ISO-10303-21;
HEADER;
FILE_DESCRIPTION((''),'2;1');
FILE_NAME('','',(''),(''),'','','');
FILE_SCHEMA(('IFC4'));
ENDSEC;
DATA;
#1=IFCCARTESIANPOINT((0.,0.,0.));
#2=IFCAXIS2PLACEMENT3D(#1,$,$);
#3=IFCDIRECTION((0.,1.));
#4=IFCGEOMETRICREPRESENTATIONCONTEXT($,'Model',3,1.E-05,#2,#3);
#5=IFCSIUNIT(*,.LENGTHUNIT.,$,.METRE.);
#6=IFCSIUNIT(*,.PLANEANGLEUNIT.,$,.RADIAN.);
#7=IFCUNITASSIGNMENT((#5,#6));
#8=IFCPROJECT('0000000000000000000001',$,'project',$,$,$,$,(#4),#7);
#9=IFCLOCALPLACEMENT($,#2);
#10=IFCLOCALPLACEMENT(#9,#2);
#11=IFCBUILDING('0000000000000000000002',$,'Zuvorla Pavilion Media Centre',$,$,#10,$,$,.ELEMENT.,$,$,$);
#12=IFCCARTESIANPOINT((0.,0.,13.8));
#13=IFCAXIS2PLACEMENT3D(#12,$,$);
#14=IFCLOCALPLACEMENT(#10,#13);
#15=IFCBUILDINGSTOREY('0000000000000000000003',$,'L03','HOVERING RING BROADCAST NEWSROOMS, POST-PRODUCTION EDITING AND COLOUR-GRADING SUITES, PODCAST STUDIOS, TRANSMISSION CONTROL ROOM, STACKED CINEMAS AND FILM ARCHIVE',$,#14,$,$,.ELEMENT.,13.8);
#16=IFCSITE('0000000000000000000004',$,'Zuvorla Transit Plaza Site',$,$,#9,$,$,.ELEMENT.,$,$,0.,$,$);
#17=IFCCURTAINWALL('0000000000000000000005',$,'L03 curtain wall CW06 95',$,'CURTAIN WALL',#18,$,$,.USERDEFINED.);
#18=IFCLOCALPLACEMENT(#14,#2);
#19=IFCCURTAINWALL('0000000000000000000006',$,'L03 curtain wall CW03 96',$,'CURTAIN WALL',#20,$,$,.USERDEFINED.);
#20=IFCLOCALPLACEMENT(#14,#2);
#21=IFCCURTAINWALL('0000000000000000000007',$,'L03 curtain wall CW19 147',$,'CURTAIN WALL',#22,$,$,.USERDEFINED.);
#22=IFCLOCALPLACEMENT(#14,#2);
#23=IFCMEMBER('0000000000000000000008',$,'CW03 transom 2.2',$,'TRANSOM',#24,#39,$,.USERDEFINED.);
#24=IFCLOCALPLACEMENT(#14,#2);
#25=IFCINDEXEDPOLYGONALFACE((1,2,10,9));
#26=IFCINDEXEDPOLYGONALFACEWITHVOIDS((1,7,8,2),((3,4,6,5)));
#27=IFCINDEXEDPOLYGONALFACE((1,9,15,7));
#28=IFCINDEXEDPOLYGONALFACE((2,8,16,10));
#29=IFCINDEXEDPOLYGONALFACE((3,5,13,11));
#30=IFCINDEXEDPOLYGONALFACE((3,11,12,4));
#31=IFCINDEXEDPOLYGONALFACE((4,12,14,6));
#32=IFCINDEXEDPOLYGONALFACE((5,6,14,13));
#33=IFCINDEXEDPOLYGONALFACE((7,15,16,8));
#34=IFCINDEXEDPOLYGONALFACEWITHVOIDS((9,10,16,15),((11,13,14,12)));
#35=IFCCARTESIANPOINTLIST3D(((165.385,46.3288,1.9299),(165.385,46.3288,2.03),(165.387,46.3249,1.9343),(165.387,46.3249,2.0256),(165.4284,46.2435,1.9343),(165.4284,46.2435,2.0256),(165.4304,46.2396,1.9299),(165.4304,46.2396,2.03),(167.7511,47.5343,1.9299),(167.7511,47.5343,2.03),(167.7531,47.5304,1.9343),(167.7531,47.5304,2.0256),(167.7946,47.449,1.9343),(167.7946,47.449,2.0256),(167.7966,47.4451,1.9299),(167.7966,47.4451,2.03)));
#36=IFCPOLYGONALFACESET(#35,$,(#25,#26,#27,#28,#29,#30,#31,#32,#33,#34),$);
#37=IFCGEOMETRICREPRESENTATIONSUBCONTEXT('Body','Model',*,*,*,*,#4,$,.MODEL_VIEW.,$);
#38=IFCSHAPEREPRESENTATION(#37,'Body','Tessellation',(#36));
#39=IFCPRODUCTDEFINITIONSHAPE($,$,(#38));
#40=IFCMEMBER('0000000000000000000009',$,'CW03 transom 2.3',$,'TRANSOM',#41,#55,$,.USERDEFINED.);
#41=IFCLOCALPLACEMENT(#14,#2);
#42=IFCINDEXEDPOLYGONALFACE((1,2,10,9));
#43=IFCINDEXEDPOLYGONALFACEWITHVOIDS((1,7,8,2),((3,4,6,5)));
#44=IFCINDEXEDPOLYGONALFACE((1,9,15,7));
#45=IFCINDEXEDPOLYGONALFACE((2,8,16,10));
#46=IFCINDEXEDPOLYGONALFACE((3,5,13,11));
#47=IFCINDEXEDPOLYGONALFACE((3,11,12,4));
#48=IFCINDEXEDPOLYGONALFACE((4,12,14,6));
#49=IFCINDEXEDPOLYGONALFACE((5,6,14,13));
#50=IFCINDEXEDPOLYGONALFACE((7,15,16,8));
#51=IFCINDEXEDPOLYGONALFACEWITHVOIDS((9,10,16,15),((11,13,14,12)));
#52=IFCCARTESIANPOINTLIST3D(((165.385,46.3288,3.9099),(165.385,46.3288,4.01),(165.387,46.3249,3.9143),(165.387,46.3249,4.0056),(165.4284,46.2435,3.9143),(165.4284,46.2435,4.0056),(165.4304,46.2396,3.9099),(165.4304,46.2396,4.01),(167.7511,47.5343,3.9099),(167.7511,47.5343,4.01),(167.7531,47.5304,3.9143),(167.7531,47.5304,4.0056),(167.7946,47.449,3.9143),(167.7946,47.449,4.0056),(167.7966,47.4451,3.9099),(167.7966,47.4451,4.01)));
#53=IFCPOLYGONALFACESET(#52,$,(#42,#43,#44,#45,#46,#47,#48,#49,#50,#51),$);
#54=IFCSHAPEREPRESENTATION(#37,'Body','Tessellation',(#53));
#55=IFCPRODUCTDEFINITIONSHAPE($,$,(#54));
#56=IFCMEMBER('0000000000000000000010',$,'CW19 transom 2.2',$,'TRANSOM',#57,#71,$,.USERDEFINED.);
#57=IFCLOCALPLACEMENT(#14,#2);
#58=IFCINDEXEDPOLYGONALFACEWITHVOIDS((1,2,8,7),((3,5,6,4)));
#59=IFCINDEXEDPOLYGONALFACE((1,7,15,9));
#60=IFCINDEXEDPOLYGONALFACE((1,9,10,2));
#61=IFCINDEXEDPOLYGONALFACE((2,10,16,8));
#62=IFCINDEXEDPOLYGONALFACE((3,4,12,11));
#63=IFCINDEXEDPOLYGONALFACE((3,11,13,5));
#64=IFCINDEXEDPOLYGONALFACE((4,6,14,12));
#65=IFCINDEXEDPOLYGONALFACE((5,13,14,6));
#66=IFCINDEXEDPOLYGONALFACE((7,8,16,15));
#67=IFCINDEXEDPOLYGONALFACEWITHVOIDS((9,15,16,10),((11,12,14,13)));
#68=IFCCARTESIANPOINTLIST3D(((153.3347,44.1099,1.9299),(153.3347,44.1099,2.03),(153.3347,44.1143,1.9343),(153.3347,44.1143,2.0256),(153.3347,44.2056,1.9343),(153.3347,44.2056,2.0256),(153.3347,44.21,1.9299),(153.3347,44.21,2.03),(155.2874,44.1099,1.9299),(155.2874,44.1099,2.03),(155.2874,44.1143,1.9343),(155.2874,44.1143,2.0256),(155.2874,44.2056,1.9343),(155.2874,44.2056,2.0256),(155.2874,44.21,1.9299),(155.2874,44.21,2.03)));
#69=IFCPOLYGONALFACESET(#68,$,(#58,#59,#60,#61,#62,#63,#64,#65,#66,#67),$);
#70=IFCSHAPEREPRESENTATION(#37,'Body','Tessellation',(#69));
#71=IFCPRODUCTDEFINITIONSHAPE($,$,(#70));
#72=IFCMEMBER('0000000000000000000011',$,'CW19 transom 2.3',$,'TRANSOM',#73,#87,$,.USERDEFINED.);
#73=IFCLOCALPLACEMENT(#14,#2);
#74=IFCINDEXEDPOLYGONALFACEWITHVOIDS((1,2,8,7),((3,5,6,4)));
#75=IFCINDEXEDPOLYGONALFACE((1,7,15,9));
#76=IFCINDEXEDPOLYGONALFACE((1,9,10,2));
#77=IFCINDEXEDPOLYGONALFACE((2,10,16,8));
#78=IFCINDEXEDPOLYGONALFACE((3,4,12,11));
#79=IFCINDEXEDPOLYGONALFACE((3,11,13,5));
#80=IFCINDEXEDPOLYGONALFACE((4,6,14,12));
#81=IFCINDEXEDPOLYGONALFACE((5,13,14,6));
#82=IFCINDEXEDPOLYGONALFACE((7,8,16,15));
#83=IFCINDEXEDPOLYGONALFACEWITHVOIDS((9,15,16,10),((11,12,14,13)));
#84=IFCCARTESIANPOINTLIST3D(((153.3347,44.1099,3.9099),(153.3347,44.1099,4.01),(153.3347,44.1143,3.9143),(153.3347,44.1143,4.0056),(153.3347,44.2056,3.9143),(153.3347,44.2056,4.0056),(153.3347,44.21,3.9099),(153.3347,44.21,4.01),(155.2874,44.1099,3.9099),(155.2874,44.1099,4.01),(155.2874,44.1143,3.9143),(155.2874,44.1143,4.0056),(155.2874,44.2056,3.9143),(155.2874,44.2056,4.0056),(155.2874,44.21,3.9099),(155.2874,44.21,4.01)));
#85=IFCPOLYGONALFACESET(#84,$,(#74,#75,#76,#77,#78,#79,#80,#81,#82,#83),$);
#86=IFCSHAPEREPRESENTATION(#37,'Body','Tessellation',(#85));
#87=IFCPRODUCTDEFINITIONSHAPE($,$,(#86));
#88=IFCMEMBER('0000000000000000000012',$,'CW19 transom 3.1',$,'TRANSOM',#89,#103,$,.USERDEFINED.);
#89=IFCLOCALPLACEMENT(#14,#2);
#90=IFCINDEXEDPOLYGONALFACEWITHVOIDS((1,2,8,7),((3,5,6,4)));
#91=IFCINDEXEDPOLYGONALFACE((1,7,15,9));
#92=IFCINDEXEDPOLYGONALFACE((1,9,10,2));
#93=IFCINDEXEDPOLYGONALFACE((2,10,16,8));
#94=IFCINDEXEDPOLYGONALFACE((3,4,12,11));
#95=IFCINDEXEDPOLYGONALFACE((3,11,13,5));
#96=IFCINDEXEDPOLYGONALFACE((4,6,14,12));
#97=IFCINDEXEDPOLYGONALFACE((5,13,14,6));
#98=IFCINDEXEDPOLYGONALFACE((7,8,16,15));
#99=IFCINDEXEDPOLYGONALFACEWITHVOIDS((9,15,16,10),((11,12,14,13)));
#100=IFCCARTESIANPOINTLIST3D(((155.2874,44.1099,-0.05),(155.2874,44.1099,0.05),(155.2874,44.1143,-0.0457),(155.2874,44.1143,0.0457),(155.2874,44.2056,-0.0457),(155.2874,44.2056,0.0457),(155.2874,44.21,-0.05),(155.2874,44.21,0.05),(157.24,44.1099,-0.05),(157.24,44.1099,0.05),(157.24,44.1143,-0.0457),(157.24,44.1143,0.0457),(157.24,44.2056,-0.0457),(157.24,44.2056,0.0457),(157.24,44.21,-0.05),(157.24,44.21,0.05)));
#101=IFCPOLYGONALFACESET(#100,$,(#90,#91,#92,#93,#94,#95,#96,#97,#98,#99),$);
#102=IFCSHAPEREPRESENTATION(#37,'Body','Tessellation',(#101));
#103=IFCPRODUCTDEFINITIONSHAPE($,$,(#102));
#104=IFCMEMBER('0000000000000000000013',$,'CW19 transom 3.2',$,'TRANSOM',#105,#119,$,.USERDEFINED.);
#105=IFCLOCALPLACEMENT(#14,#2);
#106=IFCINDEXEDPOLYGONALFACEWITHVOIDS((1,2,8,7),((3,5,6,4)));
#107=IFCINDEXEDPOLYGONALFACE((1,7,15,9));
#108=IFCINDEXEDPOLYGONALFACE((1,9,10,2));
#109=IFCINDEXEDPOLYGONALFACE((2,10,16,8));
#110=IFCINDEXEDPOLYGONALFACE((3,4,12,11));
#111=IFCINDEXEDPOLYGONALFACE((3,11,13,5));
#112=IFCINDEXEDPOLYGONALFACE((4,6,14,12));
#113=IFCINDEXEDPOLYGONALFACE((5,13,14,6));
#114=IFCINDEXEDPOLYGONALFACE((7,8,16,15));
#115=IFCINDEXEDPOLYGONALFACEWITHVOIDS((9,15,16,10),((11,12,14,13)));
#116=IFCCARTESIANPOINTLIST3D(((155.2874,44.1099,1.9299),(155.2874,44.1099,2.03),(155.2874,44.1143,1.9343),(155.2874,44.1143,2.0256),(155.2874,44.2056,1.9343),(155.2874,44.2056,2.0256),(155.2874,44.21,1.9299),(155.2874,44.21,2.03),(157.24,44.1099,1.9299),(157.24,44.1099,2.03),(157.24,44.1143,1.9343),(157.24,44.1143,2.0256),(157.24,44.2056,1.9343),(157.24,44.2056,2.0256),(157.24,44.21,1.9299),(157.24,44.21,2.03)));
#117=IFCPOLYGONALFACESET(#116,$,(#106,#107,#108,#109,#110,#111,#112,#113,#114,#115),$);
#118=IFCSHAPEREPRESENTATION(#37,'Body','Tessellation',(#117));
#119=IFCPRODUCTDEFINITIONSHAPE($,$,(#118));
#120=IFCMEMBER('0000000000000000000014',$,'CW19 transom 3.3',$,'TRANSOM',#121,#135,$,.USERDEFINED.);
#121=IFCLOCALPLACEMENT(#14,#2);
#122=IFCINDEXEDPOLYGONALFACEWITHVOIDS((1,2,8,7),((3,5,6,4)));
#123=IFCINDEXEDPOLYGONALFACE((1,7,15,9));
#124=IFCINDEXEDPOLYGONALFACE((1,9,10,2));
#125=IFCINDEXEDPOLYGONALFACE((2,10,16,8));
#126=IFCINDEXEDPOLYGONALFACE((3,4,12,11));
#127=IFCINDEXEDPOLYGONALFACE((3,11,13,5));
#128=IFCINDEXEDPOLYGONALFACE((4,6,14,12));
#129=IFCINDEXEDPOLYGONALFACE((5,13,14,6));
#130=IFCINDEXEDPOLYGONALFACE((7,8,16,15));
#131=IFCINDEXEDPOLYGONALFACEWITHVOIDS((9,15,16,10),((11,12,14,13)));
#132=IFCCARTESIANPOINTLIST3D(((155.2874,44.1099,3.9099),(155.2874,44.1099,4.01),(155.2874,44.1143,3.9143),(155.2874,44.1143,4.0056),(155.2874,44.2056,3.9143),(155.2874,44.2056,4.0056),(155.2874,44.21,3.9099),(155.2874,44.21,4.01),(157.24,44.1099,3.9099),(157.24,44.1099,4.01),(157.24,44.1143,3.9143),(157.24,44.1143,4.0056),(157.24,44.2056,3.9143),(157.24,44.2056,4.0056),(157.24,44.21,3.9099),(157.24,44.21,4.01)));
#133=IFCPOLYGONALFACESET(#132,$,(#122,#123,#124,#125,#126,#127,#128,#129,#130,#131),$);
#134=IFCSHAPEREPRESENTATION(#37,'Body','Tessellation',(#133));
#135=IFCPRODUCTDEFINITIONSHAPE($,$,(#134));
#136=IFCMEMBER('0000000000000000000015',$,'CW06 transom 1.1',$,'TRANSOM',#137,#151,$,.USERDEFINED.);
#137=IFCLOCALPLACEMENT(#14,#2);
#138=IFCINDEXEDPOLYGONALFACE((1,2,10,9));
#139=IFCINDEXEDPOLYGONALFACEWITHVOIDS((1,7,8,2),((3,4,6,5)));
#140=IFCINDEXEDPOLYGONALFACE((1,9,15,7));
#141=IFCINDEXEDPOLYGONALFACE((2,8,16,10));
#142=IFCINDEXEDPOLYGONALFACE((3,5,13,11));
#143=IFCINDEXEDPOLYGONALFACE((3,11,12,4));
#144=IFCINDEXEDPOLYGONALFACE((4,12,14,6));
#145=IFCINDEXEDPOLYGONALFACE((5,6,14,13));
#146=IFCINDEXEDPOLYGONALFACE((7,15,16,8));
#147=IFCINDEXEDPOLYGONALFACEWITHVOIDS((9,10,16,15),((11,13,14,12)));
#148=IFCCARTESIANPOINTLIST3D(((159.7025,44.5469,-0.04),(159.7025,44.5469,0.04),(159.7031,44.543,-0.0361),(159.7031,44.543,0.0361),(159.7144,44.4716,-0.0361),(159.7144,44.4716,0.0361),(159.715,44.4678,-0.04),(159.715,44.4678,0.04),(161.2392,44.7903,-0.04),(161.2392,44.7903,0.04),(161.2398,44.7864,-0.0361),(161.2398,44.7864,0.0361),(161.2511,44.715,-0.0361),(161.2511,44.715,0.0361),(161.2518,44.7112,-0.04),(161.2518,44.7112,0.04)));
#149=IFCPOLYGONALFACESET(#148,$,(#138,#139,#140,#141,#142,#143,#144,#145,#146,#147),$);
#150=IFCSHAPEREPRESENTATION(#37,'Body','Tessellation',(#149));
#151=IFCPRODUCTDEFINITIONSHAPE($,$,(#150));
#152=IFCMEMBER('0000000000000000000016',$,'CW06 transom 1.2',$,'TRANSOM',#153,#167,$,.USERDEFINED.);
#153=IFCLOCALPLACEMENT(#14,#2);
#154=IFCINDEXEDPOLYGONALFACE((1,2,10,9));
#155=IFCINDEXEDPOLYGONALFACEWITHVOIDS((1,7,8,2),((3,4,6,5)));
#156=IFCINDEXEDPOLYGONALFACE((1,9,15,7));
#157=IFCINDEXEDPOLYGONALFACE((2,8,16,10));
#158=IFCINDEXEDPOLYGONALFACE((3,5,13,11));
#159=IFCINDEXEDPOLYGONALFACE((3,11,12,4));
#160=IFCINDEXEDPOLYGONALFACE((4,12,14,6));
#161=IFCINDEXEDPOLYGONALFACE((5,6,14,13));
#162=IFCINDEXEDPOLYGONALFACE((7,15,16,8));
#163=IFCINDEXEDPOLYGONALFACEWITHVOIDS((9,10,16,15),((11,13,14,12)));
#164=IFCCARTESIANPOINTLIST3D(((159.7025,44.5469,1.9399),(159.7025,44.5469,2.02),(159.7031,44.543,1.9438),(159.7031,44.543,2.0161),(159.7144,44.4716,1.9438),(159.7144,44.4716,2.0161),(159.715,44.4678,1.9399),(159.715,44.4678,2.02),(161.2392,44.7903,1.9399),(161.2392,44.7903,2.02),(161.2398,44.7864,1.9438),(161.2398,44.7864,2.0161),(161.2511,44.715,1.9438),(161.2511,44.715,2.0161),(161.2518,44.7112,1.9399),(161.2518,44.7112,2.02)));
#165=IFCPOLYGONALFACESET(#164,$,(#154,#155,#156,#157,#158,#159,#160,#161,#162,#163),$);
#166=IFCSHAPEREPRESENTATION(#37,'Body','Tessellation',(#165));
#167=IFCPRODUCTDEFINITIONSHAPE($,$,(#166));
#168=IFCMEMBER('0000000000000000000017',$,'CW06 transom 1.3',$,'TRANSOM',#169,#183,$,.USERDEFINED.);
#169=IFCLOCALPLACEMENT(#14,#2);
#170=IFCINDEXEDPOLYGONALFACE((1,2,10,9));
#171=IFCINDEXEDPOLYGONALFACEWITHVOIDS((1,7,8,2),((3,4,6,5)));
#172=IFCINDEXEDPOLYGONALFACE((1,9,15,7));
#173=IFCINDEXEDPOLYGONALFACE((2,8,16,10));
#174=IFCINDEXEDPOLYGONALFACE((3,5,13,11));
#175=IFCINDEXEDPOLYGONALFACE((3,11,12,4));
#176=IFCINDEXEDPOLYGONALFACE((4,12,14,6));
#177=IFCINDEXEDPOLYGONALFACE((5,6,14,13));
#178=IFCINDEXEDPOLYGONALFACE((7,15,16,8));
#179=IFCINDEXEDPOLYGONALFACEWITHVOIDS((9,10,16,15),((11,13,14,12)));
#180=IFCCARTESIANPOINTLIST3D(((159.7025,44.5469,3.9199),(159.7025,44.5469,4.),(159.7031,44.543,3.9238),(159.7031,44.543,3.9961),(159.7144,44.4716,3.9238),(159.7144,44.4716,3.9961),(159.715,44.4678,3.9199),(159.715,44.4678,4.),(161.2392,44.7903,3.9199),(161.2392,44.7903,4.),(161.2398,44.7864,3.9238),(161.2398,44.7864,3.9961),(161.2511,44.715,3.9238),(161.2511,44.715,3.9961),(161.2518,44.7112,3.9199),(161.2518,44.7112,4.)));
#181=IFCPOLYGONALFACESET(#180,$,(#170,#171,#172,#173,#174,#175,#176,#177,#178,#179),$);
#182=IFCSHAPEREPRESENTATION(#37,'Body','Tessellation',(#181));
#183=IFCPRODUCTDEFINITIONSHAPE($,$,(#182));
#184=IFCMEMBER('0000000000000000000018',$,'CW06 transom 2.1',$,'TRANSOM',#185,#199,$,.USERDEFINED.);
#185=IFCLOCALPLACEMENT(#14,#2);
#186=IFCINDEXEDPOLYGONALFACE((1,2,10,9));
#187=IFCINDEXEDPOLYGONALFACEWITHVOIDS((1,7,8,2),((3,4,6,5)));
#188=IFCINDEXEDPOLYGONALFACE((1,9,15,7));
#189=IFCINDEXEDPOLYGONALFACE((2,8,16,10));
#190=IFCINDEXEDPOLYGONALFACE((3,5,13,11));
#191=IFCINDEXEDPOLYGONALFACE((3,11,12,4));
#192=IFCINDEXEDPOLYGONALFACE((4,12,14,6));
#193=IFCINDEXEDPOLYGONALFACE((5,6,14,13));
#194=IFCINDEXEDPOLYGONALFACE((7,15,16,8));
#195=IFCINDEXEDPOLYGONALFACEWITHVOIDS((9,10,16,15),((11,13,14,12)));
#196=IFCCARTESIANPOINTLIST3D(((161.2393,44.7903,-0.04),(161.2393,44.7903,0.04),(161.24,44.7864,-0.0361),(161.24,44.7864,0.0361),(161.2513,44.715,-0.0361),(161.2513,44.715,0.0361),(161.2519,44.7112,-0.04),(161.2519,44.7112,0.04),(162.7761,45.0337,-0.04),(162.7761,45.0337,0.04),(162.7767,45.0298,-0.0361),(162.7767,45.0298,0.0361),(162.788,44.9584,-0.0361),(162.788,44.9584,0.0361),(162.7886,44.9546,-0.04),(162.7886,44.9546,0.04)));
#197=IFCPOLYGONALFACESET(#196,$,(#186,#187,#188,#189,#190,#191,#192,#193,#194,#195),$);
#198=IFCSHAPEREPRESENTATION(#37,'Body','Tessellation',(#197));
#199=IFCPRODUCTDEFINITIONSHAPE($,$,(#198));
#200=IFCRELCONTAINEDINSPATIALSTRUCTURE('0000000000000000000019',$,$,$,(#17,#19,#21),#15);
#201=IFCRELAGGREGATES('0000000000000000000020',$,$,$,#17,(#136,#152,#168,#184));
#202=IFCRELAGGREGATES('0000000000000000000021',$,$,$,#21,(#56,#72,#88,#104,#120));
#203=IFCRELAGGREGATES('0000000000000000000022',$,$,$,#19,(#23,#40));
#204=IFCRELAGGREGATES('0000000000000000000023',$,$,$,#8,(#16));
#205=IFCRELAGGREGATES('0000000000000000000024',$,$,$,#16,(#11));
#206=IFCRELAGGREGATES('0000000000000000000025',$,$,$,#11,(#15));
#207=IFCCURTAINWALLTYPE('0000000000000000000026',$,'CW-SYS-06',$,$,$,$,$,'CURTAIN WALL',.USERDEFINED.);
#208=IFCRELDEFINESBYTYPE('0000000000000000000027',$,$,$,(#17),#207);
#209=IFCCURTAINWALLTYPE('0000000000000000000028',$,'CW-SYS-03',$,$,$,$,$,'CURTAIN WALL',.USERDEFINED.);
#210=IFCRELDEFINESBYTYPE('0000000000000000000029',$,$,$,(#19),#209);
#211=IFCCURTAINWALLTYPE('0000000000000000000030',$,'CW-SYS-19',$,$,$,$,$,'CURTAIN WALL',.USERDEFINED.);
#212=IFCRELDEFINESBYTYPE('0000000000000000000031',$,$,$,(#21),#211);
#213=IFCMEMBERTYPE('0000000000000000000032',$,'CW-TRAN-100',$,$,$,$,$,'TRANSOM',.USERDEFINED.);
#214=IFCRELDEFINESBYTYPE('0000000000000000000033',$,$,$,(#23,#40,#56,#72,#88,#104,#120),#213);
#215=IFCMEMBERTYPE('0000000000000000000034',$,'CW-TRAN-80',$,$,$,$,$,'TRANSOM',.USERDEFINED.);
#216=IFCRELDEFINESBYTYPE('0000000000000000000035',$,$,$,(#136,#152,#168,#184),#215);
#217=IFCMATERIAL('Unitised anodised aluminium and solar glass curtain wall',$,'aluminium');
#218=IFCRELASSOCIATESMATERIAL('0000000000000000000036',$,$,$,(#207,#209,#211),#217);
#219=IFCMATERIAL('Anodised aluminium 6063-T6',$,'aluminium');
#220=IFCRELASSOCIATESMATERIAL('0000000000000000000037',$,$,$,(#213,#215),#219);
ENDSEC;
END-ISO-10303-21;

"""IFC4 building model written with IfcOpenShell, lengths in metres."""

from ifc_helpers import new_model, si_unit, direction, frame, origin, origin_2d, place, context, subcontext, project, spatial, hollow_rectangle, extrude, material, material_profile, profile_set, type_object, element, aggregate, save


model = new_model("IFC4")

# Units and contexts
model_context = context("Model", 3, precision=1e-05, world=origin(), true_north=direction((0.0, 1.0)))
body_context = subcontext(model_context, "Body", "Model", "MODEL_VIEW")
ifc_project = project(units=[si_unit("LENGTHUNIT", "METRE"), si_unit("PLANEANGLEUNIT", "RADIAN")], contexts=[model_context])

# Site, building, storey
site_placement = place(None, origin())
site = spatial("IfcSite", under=ifc_project, at=site_placement, Name="Zuvorla Transit Plaza Site", CompositionType="ELEMENT", RefElevation=0.0)
building_placement = place(site_placement, origin())
building = spatial("IfcBuilding", under=site, at=building_placement, Name="Zuvorla Pavilion Media Centre", CompositionType="ELEMENT")
storey_placement = place(building_placement, frame((0.0, 0.0, 13.8)))
storey = spatial("IfcBuildingStorey", under=building, at=storey_placement, Name="L03", Description="HOVERING RING BROADCAST NEWSROOMS, POST-PRODUCTION EDITING AND COLOUR-GRADING SUITES, PODCAST STUDIOS, TRANSMISSION CONTROL ROOM, STACKED CINEMAS AND FILM ARCHIVE", CompositionType="ELEMENT", Elevation=13.8)

# Curtain walls
ifc_material_1 = material(Name="Unitised anodised aluminium and solar glass curtain wall", Category="aluminium")
curtain_wall_type_1 = type_object("IfcCurtainWallType", Name="CW-SYS-06", ElementType="CURTAIN WALL", PredefinedType="USERDEFINED", material=ifc_material_1)
curtain_wall_1_placement = place(storey_placement, origin())
curtain_wall_1 = element("IfcCurtainWall", 1, at=curtain_wall_1_placement, inside=storey, type_object=curtain_wall_type_1, Name="L03 curtain wall CW06 95", ObjectType="CURTAIN WALL", PredefinedType="USERDEFINED")
ifc_material_2 = material(Name="Anodised aluminium 6063-T6", Category="aluminium")
curtain_wall_type_2 = type_object("IfcCurtainWallType", Name="CW-SYS-03", ElementType="CURTAIN WALL", PredefinedType="USERDEFINED", material=ifc_material_1)
curtain_wall_2_placement = place(storey_placement, origin())
curtain_wall_2 = element("IfcCurtainWall", 2, at=curtain_wall_2_placement, inside=storey, type_object=curtain_wall_type_2, Name="L03 curtain wall CW03 96", ObjectType="CURTAIN WALL", PredefinedType="USERDEFINED")
curtain_wall_type_3 = type_object("IfcCurtainWallType", Name="CW-SYS-19", ElementType="CURTAIN WALL", PredefinedType="USERDEFINED", material=ifc_material_1)
curtain_wall_3_placement = place(storey_placement, origin())
curtain_wall_3 = element("IfcCurtainWall", 3, at=curtain_wall_3_placement, inside=storey, type_object=curtain_wall_type_3, Name="L03 curtain wall CW19 147", ObjectType="CURTAIN WALL", PredefinedType="USERDEFINED")

# Members
ifc_material_profile_1 = material_profile(ifc_material_2, hollow_rectangle(XDim=0.1001, YDim=0.1001, WallThickness=0.0044, at=origin_2d()), Name="ALU TRAN 100x100")
ifc_profile_set_1 = profile_set([ifc_material_profile_1], Name="Anodised aluminium 6063-T6")
member_type_1 = type_object("IfcMemberType", Name="CW-TRAN-100", ElementType="TRANSOM", PredefinedType="USERDEFINED", material=ifc_profile_set_1)
member_1_placement = place(storey_placement, frame((165.4077, 46.2842, 1.98), z_axis=(0.891018, 0.453967, 0.0), x_axis=(-0.453967, 0.891018, 0.0)))
member_1 = element("IfcMember", 4, at=member_1_placement, type_object=member_type_1, Name="CW03 transom 2.2", ObjectType="TRANSOM", PredefinedType="USERDEFINED", context=body_context, shape_type="SweptSolid", body=[
    extrude(hollow_rectangle(XDim=0.1001, YDim=0.1001, WallThickness=0.0044, at=origin_2d()), origin(), (0.0, 0.0, 1.0), 2.6555),
])
member_2_placement = place(storey_placement, frame((165.4077, 46.2842, 3.96), z_axis=(0.891018, 0.453967, 0.0), x_axis=(-0.453967, 0.891018, 0.0)))
member_2 = element("IfcMember", 5, at=member_2_placement, type_object=member_type_1, Name="CW03 transom 2.3", ObjectType="TRANSOM", PredefinedType="USERDEFINED", context=body_context, shape_type="SweptSolid", body=[
    extrude(hollow_rectangle(XDim=0.1001, YDim=0.1001, WallThickness=0.0044, at=origin_2d()), origin(), (0.0, 0.0, 1.0), 2.6555),
])
member_3_placement = place(storey_placement, frame((153.3347, 44.1599, 1.98), z_axis=(1.0, 0.0, 0.0), x_axis=(0.0, 1.0, 0.0)))
member_3 = element("IfcMember", 6, at=member_3_placement, type_object=member_type_1, Name="CW19 transom 2.2", ObjectType="TRANSOM", PredefinedType="USERDEFINED", context=body_context, shape_type="SweptSolid", body=[
    extrude(hollow_rectangle(XDim=0.1001, YDim=0.1001, WallThickness=0.0044, at=origin_2d()), origin(), (0.0, 0.0, 1.0), 1.9526),
])
member_4_placement = place(storey_placement, frame((153.3347, 44.1599, 3.96), z_axis=(1.0, 0.0, 0.0), x_axis=(0.0, 1.0, 0.0)))
member_4 = element("IfcMember", 7, at=member_4_placement, type_object=member_type_1, Name="CW19 transom 2.3", ObjectType="TRANSOM", PredefinedType="USERDEFINED", context=body_context, shape_type="SweptSolid", body=[
    extrude(hollow_rectangle(XDim=0.1001, YDim=0.1001, WallThickness=0.0044, at=origin_2d()), origin(), (0.0, 0.0, 1.0), 1.9526),
])
member_5_placement = place(storey_placement, frame((155.2874, 44.1599, 0.0), z_axis=(1.0, 0.0, 0.0), x_axis=(0.0, 1.0, 0.0)))
member_5 = element("IfcMember", 8, at=member_5_placement, type_object=member_type_1, Name="CW19 transom 3.1", ObjectType="TRANSOM", PredefinedType="USERDEFINED", context=body_context, shape_type="SweptSolid", body=[
    extrude(hollow_rectangle(XDim=0.1001, YDim=0.1001, WallThickness=0.0044, at=origin_2d()), origin(), (0.0, 0.0, 1.0), 1.9526),
])
member_6_placement = place(storey_placement, frame((155.2874, 44.1599, 1.98), z_axis=(1.0, 0.0, 0.0), x_axis=(0.0, 1.0, 0.0)))
member_6 = element("IfcMember", 9, at=member_6_placement, type_object=member_type_1, Name="CW19 transom 3.2", ObjectType="TRANSOM", PredefinedType="USERDEFINED", context=body_context, shape_type="SweptSolid", body=[
    extrude(hollow_rectangle(XDim=0.1001, YDim=0.1001, WallThickness=0.0044, at=origin_2d()), origin(), (0.0, 0.0, 1.0), 1.9526),
])
member_7_placement = place(storey_placement, frame((155.2874, 44.1599, 3.96), z_axis=(1.0, 0.0, 0.0), x_axis=(0.0, 1.0, 0.0)))
member_7 = element("IfcMember", 10, at=member_7_placement, type_object=member_type_1, Name="CW19 transom 3.3", ObjectType="TRANSOM", PredefinedType="USERDEFINED", context=body_context, shape_type="SweptSolid", body=[
    extrude(hollow_rectangle(XDim=0.1001, YDim=0.1001, WallThickness=0.0044, at=origin_2d()), origin(), (0.0, 0.0, 1.0), 1.9526),
])
ifc_material_profile_2 = material_profile(ifc_material_2, hollow_rectangle(XDim=0.0801, YDim=0.0801, WallThickness=0.0039, at=origin_2d()), Name="ALU TRAN 80x80")
ifc_profile_set_2 = profile_set([ifc_material_profile_2], Name="Anodised aluminium 6063-T6")
member_type_2 = type_object("IfcMemberType", Name="CW-TRAN-80", ElementType="TRANSOM", PredefinedType="USERDEFINED", material=ifc_profile_set_2)
member_8_placement = place(storey_placement, frame((159.7087, 44.5073, 0.0), z_axis=(0.987689, 0.15643, 0.0), x_axis=(-0.15643, 0.987689, 0.0)))
member_8 = element("IfcMember", 11, at=member_8_placement, type_object=member_type_2, Name="CW06 transom 1.1", ObjectType="TRANSOM", PredefinedType="USERDEFINED", context=body_context, shape_type="SweptSolid", body=[
    extrude(hollow_rectangle(XDim=0.0801, YDim=0.0801, WallThickness=0.0039, at=origin_2d()), origin(), (0.0, 0.0, 1.0), 1.5559),
])
member_9_placement = place(storey_placement, frame((159.7087, 44.5073, 1.98), z_axis=(0.987689, 0.15643, 0.0), x_axis=(-0.15643, 0.987689, 0.0)))
member_9 = element("IfcMember", 12, at=member_9_placement, type_object=member_type_2, Name="CW06 transom 1.2", ObjectType="TRANSOM", PredefinedType="USERDEFINED", context=body_context, shape_type="SweptSolid", body=[
    extrude(hollow_rectangle(XDim=0.0801, YDim=0.0801, WallThickness=0.0039, at=origin_2d()), origin(), (0.0, 0.0, 1.0), 1.5559),
])
member_10_placement = place(storey_placement, frame((159.7087, 44.5073, 3.96), z_axis=(0.987689, 0.15643, 0.0), x_axis=(-0.15643, 0.987689, 0.0)))
member_10 = element("IfcMember", 13, at=member_10_placement, type_object=member_type_2, Name="CW06 transom 1.3", ObjectType="TRANSOM", PredefinedType="USERDEFINED", context=body_context, shape_type="SweptSolid", body=[
    extrude(hollow_rectangle(XDim=0.0801, YDim=0.0801, WallThickness=0.0039, at=origin_2d()), origin(), (0.0, 0.0, 1.0), 1.5559),
])
member_11_placement = place(storey_placement, frame((161.2456, 44.7507, 0.0), z_axis=(0.987689, 0.15643, 0.0), x_axis=(-0.15643, 0.987689, 0.0)))
member_11 = element("IfcMember", 14, at=member_11_placement, type_object=member_type_2, Name="CW06 transom 2.1", ObjectType="TRANSOM", PredefinedType="USERDEFINED", context=body_context, shape_type="SweptSolid", body=[
    extrude(hollow_rectangle(XDim=0.0801, YDim=0.0801, WallThickness=0.0039, at=origin_2d()), origin(), (0.0, 0.0, 1.0), 1.5559),
])

aggregate(curtain_wall_1, [member_8, member_9, member_10, member_11])
aggregate(curtain_wall_3, [member_3, member_4, member_5, member_6, member_7])
aggregate(curtain_wall_2, [member_1, member_2])

save(model, "model.ifc")
